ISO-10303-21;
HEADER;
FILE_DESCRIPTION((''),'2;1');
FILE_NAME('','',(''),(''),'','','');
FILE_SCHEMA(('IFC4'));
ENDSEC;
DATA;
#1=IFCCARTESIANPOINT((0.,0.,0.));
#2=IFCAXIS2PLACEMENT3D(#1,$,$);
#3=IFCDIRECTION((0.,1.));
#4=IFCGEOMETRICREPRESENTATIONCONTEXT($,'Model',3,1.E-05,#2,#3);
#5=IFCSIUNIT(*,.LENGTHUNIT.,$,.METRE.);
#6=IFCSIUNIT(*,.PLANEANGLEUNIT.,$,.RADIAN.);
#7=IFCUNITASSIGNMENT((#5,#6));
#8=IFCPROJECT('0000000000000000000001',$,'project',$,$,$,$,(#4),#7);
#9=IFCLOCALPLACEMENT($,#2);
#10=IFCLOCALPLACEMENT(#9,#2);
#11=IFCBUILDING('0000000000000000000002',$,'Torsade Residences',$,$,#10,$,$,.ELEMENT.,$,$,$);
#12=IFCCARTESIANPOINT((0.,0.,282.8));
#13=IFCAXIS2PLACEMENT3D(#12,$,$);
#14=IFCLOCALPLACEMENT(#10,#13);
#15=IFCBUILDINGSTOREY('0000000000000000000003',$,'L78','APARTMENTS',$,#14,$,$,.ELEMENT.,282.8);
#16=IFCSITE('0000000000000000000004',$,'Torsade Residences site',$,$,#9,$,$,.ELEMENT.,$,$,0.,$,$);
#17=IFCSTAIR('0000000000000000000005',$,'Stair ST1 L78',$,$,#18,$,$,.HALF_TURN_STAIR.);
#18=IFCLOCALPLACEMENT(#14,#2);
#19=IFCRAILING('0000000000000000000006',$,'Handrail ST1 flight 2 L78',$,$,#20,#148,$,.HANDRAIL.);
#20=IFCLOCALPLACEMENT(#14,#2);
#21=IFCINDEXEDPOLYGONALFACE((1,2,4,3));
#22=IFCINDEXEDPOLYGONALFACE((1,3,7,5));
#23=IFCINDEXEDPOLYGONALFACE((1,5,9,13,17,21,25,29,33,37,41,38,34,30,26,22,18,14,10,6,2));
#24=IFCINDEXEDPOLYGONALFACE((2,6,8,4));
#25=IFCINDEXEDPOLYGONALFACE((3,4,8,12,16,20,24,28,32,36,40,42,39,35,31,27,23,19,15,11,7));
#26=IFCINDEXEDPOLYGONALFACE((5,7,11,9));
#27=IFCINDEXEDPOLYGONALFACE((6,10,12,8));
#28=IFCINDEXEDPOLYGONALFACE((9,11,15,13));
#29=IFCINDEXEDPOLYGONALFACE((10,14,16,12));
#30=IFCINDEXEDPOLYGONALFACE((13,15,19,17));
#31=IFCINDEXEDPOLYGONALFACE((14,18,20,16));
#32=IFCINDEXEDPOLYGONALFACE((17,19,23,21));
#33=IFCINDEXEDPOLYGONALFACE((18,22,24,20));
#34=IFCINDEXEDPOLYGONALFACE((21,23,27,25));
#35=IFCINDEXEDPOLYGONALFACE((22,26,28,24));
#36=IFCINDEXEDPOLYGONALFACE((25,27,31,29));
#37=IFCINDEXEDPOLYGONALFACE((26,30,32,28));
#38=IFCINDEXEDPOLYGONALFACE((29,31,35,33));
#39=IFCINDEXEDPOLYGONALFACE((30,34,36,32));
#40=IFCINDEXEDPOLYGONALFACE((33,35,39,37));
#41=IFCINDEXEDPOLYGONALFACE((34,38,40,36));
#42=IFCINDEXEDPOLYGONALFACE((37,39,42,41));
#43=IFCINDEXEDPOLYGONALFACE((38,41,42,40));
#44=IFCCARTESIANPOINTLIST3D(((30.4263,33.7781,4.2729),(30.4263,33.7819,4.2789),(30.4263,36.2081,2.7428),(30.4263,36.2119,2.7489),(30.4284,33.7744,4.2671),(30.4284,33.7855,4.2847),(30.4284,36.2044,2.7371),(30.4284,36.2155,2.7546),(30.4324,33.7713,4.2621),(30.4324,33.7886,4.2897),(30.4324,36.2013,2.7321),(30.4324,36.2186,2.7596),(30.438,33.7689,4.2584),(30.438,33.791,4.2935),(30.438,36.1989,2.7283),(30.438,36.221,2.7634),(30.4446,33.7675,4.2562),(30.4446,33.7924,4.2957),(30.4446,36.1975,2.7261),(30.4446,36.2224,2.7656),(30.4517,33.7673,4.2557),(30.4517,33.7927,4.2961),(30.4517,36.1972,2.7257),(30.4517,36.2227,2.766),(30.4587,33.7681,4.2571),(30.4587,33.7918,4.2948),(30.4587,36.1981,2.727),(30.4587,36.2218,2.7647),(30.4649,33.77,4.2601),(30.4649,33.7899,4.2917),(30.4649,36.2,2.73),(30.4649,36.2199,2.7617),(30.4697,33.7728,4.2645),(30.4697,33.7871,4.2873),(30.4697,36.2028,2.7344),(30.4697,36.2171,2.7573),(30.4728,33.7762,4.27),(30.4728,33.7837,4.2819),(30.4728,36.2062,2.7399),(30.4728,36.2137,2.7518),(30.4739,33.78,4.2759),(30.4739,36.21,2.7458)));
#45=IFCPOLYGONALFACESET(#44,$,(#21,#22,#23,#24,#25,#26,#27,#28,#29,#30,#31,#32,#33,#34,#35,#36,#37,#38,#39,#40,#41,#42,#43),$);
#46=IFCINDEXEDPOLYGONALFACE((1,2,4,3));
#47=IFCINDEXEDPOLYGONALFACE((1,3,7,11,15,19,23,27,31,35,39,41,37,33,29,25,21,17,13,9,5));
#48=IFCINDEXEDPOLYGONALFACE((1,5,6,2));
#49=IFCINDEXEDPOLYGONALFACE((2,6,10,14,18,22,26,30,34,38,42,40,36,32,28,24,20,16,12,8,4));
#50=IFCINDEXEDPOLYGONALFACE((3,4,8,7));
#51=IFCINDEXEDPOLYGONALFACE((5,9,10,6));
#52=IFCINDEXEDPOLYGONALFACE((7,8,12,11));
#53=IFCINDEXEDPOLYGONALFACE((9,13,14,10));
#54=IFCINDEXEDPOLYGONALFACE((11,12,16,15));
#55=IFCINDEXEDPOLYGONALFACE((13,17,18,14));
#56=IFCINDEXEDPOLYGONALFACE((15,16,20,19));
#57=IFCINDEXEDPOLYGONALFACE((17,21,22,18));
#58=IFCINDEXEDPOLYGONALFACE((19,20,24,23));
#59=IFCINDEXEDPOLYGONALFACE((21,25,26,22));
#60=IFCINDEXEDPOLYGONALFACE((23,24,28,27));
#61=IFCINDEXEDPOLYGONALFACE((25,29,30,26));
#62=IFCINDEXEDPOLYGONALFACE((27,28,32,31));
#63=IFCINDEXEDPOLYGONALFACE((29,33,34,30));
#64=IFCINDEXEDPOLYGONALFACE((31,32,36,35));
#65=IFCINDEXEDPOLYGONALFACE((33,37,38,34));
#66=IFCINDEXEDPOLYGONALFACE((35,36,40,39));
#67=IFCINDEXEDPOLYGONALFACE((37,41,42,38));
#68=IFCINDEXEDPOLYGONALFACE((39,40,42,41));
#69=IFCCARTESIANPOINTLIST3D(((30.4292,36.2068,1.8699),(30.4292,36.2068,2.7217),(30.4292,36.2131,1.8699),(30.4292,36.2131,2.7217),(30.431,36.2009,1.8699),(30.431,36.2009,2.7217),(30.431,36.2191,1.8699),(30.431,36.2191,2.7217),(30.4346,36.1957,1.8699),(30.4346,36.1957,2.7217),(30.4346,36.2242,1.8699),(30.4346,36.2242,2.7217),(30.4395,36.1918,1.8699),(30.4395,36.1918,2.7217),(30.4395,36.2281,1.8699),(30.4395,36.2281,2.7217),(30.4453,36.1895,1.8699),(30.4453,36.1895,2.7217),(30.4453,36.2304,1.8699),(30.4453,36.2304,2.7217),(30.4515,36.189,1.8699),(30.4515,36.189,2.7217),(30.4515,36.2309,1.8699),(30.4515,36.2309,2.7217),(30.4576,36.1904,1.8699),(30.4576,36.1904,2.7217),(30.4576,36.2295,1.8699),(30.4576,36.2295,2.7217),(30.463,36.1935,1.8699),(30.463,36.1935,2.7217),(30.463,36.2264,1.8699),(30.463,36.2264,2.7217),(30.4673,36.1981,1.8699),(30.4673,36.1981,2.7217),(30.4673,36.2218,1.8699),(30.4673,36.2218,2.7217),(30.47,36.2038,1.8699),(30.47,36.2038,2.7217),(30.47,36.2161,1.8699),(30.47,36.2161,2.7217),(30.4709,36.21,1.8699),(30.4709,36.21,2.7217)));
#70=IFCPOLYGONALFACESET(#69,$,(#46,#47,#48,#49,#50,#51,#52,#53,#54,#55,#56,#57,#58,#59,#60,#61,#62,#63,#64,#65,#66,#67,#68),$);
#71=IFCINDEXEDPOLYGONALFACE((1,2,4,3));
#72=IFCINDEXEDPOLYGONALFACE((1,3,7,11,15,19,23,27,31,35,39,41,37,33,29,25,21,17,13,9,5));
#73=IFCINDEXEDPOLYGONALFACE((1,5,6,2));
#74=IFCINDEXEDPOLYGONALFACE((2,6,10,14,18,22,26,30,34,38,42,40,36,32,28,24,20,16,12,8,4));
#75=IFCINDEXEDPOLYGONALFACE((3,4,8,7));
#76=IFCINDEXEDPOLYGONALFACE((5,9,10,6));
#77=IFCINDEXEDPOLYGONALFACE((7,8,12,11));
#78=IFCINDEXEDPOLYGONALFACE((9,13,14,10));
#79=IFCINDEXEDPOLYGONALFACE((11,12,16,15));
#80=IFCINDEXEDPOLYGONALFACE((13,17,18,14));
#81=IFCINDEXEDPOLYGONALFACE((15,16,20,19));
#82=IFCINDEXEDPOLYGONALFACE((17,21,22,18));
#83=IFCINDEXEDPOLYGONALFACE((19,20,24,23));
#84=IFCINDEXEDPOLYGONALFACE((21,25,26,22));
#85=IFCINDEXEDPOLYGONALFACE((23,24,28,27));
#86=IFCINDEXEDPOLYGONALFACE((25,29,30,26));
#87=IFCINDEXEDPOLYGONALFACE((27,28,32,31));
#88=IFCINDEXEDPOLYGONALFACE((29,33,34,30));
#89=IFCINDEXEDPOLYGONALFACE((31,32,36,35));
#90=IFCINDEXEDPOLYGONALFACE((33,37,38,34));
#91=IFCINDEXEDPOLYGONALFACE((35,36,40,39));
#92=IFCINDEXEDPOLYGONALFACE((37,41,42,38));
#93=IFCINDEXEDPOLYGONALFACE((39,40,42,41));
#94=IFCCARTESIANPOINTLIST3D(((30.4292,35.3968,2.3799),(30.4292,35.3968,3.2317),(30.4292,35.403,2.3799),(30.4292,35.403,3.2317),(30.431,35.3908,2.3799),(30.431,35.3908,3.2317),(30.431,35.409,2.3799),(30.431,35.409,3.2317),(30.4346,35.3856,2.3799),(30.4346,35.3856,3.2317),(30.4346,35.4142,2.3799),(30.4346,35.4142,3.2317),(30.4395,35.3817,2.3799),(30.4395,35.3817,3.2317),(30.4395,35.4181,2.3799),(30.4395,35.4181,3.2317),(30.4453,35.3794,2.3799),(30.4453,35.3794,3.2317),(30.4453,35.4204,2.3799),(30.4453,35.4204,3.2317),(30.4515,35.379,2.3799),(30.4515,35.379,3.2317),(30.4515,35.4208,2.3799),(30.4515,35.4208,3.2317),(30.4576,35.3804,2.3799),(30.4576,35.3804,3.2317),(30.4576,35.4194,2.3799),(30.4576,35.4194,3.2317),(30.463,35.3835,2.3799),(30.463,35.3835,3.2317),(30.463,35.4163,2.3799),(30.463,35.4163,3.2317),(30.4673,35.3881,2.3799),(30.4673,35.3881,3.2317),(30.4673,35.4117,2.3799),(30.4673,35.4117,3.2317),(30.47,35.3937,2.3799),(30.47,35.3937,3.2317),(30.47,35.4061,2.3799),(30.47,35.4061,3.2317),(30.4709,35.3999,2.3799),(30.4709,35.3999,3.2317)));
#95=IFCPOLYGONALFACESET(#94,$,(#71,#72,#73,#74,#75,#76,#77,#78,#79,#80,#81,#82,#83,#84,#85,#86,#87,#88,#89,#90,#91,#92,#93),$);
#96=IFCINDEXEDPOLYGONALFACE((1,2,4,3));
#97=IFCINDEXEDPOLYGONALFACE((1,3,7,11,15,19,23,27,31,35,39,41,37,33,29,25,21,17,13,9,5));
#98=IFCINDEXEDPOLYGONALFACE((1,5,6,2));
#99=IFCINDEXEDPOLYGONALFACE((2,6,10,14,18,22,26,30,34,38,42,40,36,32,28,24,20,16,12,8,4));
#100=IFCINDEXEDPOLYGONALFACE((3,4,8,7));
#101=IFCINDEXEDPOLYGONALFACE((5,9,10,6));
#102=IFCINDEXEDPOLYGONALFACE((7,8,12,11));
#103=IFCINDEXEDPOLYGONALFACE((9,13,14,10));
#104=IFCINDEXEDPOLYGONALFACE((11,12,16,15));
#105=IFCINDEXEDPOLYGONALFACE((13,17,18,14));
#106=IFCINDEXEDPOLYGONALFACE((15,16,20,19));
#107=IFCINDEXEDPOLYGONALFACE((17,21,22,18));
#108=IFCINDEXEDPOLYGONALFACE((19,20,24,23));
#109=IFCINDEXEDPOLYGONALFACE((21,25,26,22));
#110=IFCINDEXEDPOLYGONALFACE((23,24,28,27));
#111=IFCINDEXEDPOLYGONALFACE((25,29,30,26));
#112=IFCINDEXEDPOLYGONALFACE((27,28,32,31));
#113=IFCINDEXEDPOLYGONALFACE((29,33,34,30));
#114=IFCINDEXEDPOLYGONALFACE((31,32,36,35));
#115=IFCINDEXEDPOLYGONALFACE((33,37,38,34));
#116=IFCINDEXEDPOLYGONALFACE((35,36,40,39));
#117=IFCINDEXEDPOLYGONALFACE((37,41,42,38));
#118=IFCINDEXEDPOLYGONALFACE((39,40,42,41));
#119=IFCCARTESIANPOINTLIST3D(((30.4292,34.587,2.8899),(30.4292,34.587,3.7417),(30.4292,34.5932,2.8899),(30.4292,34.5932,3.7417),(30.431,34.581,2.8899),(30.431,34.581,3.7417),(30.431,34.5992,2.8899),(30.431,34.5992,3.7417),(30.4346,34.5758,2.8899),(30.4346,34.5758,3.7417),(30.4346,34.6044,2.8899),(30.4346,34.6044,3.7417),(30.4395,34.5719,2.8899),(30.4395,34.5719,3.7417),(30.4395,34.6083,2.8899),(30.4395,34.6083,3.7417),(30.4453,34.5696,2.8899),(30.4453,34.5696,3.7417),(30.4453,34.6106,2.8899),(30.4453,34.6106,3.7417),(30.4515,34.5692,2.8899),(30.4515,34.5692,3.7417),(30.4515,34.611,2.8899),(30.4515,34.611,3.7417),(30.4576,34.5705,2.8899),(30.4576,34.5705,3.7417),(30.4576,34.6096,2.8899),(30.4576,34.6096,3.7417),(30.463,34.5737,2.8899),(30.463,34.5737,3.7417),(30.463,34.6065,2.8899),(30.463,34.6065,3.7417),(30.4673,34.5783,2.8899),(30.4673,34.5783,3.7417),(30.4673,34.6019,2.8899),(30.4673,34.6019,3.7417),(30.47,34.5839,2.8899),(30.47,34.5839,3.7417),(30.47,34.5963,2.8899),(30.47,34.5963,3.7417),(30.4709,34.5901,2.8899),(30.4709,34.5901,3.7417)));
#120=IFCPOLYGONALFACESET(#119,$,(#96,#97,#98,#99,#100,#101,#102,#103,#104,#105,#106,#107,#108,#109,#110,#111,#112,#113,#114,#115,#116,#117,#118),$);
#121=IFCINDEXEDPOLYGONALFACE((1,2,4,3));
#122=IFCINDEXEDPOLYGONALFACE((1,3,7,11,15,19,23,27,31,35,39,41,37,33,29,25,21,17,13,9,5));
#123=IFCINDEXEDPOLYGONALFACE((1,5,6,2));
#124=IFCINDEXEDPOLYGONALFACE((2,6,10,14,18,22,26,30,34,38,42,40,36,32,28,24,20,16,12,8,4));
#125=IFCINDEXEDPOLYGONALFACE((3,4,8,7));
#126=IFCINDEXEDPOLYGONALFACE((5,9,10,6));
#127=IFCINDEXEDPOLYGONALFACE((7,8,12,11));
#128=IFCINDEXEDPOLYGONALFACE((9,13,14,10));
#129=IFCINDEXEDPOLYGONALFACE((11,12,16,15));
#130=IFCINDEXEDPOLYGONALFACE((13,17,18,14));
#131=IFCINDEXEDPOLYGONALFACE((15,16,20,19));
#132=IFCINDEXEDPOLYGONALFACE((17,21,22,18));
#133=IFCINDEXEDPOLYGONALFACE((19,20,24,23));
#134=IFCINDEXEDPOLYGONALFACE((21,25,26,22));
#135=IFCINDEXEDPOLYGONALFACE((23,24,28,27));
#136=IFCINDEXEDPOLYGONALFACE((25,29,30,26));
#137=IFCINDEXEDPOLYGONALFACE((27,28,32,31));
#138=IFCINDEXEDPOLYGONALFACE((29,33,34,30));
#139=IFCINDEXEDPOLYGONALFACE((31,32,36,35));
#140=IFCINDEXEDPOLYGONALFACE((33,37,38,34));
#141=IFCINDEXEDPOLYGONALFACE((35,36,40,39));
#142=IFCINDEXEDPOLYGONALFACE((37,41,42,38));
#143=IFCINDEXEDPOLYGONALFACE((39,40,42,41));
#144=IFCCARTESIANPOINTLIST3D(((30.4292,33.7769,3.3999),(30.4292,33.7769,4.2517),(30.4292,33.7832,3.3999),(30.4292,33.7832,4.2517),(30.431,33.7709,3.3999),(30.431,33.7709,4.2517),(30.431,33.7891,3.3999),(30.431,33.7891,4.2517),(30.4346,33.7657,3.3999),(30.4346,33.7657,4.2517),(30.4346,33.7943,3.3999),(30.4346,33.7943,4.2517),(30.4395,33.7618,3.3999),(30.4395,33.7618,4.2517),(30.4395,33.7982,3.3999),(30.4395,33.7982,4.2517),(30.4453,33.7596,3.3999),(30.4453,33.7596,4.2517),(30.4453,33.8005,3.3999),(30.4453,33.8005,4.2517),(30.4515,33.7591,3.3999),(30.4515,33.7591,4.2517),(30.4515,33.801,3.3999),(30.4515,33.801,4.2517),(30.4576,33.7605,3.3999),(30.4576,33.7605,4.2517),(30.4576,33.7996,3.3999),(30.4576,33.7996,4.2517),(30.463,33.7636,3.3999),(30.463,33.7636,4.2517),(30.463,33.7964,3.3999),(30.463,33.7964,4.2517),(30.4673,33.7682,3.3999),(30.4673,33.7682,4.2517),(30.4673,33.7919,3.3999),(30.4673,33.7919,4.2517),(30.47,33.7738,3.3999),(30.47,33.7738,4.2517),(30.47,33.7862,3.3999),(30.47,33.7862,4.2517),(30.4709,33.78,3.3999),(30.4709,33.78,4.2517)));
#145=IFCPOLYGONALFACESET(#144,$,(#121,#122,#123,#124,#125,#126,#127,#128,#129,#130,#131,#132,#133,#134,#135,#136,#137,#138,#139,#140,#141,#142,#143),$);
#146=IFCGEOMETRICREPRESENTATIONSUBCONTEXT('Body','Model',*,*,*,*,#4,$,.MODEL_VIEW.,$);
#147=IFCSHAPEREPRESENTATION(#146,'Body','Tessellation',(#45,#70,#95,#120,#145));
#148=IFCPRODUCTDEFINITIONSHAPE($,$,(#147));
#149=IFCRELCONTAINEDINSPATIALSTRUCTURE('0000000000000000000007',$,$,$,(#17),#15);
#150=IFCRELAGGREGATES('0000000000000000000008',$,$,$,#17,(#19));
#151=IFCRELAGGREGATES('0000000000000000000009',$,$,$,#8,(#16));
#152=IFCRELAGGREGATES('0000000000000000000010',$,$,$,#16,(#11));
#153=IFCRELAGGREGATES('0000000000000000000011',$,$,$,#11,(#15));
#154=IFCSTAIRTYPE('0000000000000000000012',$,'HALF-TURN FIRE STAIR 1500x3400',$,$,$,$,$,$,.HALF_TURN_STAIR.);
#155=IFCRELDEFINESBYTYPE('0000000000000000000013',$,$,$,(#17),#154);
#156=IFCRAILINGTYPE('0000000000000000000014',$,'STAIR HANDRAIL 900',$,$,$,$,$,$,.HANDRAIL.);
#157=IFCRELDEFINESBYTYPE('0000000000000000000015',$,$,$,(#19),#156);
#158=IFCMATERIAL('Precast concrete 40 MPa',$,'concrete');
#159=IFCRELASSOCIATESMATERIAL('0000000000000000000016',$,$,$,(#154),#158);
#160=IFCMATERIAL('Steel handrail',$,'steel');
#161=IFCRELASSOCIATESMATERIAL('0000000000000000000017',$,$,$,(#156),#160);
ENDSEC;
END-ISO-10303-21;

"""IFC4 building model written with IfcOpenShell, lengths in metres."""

from ifc_helpers import new_model, si_unit, direction, frame, origin, origin_2d, place, context, subcontext, project, spatial, circle, extrude, material, type_object, element, aggregate, save


model = new_model("IFC4")

# Units and contexts
model_context = context("Model", 3, precision=1e-05, world=origin(), true_north=direction((0.0, 1.0)))
body_context = subcontext(model_context, "Body", "Model", "MODEL_VIEW")
ifc_project = project(units=[si_unit("LENGTHUNIT", "METRE"), si_unit("PLANEANGLEUNIT", "RADIAN")], contexts=[model_context])

# Site, building, storey
site_placement = place(None, origin())
site = spatial("IfcSite", under=ifc_project, at=site_placement, Name="Torsade Residences site", CompositionType="ELEMENT", RefElevation=0.0)
building_placement = place(site_placement, origin())
building = spatial("IfcBuilding", under=site, at=building_placement, Name="Torsade Residences", CompositionType="ELEMENT")
storey_placement = place(building_placement, frame((0.0, 0.0, 282.8)))
storey = spatial("IfcBuildingStorey", under=building, at=storey_placement, Name="L78", Description="APARTMENTS", CompositionType="ELEMENT", Elevation=282.8)

# Stair, railing
ifc_material_1 = material(Name="Precast concrete 40 MPa", Category="concrete")
stair_type = type_object("IfcStairType", Name="HALF-TURN FIRE STAIR 1500x3400", PredefinedType="HALF_TURN_STAIR", material=ifc_material_1)
stair_placement = place(storey_placement, origin())
stair = element("IfcStair", 1, at=stair_placement, inside=storey, type_object=stair_type, Name="Stair ST1 L78", PredefinedType="HALF_TURN_STAIR")
ifc_material_2 = material(Name="Steel handrail", Category="steel")
railing_type = type_object("IfcRailingType", Name="STAIR HANDRAIL 900", PredefinedType="HANDRAIL", material=ifc_material_2)
railing_1_placement = place(storey_placement, frame((30.45, 36.21, 1.8699)))
railing_1 = element("IfcRailing", 2, at=railing_1_placement, type_object=railing_type, Name="Handrail ST1 flight 2 L78", PredefinedType="HANDRAIL", context=body_context, shape_type="SweptSolid", body=[
    extrude(circle(Radius=0.0239, at=origin_2d()), frame((0.0, 0.0, 0.876), z_axis=(0.0, -0.846221, 0.532831), x_axis=(1.0, 0.0, 0.0)), (0.0, 0.0, 1.0), 2.8716),
    extrude(circle(Radius=0.021, at=origin_2d()), origin(), (0.0, 0.0, 1.0), 0.8518),
    extrude(circle(Radius=0.021, at=origin_2d()), frame((0.0, -0.8101, 0.51)), (0.0, 0.0, 1.0), 0.8518),
    extrude(circle(Radius=0.021, at=origin_2d()), frame((0.0, -1.6199, 1.02)), (0.0, 0.0, 1.0), 0.8518),
    extrude(circle(Radius=0.021, at=origin_2d()), frame((0.0, -2.4299, 1.53)), (0.0, 0.0, 1.0), 0.8518),
])
aggregate(stair, [railing_1])

save(model, "model.ifc")
